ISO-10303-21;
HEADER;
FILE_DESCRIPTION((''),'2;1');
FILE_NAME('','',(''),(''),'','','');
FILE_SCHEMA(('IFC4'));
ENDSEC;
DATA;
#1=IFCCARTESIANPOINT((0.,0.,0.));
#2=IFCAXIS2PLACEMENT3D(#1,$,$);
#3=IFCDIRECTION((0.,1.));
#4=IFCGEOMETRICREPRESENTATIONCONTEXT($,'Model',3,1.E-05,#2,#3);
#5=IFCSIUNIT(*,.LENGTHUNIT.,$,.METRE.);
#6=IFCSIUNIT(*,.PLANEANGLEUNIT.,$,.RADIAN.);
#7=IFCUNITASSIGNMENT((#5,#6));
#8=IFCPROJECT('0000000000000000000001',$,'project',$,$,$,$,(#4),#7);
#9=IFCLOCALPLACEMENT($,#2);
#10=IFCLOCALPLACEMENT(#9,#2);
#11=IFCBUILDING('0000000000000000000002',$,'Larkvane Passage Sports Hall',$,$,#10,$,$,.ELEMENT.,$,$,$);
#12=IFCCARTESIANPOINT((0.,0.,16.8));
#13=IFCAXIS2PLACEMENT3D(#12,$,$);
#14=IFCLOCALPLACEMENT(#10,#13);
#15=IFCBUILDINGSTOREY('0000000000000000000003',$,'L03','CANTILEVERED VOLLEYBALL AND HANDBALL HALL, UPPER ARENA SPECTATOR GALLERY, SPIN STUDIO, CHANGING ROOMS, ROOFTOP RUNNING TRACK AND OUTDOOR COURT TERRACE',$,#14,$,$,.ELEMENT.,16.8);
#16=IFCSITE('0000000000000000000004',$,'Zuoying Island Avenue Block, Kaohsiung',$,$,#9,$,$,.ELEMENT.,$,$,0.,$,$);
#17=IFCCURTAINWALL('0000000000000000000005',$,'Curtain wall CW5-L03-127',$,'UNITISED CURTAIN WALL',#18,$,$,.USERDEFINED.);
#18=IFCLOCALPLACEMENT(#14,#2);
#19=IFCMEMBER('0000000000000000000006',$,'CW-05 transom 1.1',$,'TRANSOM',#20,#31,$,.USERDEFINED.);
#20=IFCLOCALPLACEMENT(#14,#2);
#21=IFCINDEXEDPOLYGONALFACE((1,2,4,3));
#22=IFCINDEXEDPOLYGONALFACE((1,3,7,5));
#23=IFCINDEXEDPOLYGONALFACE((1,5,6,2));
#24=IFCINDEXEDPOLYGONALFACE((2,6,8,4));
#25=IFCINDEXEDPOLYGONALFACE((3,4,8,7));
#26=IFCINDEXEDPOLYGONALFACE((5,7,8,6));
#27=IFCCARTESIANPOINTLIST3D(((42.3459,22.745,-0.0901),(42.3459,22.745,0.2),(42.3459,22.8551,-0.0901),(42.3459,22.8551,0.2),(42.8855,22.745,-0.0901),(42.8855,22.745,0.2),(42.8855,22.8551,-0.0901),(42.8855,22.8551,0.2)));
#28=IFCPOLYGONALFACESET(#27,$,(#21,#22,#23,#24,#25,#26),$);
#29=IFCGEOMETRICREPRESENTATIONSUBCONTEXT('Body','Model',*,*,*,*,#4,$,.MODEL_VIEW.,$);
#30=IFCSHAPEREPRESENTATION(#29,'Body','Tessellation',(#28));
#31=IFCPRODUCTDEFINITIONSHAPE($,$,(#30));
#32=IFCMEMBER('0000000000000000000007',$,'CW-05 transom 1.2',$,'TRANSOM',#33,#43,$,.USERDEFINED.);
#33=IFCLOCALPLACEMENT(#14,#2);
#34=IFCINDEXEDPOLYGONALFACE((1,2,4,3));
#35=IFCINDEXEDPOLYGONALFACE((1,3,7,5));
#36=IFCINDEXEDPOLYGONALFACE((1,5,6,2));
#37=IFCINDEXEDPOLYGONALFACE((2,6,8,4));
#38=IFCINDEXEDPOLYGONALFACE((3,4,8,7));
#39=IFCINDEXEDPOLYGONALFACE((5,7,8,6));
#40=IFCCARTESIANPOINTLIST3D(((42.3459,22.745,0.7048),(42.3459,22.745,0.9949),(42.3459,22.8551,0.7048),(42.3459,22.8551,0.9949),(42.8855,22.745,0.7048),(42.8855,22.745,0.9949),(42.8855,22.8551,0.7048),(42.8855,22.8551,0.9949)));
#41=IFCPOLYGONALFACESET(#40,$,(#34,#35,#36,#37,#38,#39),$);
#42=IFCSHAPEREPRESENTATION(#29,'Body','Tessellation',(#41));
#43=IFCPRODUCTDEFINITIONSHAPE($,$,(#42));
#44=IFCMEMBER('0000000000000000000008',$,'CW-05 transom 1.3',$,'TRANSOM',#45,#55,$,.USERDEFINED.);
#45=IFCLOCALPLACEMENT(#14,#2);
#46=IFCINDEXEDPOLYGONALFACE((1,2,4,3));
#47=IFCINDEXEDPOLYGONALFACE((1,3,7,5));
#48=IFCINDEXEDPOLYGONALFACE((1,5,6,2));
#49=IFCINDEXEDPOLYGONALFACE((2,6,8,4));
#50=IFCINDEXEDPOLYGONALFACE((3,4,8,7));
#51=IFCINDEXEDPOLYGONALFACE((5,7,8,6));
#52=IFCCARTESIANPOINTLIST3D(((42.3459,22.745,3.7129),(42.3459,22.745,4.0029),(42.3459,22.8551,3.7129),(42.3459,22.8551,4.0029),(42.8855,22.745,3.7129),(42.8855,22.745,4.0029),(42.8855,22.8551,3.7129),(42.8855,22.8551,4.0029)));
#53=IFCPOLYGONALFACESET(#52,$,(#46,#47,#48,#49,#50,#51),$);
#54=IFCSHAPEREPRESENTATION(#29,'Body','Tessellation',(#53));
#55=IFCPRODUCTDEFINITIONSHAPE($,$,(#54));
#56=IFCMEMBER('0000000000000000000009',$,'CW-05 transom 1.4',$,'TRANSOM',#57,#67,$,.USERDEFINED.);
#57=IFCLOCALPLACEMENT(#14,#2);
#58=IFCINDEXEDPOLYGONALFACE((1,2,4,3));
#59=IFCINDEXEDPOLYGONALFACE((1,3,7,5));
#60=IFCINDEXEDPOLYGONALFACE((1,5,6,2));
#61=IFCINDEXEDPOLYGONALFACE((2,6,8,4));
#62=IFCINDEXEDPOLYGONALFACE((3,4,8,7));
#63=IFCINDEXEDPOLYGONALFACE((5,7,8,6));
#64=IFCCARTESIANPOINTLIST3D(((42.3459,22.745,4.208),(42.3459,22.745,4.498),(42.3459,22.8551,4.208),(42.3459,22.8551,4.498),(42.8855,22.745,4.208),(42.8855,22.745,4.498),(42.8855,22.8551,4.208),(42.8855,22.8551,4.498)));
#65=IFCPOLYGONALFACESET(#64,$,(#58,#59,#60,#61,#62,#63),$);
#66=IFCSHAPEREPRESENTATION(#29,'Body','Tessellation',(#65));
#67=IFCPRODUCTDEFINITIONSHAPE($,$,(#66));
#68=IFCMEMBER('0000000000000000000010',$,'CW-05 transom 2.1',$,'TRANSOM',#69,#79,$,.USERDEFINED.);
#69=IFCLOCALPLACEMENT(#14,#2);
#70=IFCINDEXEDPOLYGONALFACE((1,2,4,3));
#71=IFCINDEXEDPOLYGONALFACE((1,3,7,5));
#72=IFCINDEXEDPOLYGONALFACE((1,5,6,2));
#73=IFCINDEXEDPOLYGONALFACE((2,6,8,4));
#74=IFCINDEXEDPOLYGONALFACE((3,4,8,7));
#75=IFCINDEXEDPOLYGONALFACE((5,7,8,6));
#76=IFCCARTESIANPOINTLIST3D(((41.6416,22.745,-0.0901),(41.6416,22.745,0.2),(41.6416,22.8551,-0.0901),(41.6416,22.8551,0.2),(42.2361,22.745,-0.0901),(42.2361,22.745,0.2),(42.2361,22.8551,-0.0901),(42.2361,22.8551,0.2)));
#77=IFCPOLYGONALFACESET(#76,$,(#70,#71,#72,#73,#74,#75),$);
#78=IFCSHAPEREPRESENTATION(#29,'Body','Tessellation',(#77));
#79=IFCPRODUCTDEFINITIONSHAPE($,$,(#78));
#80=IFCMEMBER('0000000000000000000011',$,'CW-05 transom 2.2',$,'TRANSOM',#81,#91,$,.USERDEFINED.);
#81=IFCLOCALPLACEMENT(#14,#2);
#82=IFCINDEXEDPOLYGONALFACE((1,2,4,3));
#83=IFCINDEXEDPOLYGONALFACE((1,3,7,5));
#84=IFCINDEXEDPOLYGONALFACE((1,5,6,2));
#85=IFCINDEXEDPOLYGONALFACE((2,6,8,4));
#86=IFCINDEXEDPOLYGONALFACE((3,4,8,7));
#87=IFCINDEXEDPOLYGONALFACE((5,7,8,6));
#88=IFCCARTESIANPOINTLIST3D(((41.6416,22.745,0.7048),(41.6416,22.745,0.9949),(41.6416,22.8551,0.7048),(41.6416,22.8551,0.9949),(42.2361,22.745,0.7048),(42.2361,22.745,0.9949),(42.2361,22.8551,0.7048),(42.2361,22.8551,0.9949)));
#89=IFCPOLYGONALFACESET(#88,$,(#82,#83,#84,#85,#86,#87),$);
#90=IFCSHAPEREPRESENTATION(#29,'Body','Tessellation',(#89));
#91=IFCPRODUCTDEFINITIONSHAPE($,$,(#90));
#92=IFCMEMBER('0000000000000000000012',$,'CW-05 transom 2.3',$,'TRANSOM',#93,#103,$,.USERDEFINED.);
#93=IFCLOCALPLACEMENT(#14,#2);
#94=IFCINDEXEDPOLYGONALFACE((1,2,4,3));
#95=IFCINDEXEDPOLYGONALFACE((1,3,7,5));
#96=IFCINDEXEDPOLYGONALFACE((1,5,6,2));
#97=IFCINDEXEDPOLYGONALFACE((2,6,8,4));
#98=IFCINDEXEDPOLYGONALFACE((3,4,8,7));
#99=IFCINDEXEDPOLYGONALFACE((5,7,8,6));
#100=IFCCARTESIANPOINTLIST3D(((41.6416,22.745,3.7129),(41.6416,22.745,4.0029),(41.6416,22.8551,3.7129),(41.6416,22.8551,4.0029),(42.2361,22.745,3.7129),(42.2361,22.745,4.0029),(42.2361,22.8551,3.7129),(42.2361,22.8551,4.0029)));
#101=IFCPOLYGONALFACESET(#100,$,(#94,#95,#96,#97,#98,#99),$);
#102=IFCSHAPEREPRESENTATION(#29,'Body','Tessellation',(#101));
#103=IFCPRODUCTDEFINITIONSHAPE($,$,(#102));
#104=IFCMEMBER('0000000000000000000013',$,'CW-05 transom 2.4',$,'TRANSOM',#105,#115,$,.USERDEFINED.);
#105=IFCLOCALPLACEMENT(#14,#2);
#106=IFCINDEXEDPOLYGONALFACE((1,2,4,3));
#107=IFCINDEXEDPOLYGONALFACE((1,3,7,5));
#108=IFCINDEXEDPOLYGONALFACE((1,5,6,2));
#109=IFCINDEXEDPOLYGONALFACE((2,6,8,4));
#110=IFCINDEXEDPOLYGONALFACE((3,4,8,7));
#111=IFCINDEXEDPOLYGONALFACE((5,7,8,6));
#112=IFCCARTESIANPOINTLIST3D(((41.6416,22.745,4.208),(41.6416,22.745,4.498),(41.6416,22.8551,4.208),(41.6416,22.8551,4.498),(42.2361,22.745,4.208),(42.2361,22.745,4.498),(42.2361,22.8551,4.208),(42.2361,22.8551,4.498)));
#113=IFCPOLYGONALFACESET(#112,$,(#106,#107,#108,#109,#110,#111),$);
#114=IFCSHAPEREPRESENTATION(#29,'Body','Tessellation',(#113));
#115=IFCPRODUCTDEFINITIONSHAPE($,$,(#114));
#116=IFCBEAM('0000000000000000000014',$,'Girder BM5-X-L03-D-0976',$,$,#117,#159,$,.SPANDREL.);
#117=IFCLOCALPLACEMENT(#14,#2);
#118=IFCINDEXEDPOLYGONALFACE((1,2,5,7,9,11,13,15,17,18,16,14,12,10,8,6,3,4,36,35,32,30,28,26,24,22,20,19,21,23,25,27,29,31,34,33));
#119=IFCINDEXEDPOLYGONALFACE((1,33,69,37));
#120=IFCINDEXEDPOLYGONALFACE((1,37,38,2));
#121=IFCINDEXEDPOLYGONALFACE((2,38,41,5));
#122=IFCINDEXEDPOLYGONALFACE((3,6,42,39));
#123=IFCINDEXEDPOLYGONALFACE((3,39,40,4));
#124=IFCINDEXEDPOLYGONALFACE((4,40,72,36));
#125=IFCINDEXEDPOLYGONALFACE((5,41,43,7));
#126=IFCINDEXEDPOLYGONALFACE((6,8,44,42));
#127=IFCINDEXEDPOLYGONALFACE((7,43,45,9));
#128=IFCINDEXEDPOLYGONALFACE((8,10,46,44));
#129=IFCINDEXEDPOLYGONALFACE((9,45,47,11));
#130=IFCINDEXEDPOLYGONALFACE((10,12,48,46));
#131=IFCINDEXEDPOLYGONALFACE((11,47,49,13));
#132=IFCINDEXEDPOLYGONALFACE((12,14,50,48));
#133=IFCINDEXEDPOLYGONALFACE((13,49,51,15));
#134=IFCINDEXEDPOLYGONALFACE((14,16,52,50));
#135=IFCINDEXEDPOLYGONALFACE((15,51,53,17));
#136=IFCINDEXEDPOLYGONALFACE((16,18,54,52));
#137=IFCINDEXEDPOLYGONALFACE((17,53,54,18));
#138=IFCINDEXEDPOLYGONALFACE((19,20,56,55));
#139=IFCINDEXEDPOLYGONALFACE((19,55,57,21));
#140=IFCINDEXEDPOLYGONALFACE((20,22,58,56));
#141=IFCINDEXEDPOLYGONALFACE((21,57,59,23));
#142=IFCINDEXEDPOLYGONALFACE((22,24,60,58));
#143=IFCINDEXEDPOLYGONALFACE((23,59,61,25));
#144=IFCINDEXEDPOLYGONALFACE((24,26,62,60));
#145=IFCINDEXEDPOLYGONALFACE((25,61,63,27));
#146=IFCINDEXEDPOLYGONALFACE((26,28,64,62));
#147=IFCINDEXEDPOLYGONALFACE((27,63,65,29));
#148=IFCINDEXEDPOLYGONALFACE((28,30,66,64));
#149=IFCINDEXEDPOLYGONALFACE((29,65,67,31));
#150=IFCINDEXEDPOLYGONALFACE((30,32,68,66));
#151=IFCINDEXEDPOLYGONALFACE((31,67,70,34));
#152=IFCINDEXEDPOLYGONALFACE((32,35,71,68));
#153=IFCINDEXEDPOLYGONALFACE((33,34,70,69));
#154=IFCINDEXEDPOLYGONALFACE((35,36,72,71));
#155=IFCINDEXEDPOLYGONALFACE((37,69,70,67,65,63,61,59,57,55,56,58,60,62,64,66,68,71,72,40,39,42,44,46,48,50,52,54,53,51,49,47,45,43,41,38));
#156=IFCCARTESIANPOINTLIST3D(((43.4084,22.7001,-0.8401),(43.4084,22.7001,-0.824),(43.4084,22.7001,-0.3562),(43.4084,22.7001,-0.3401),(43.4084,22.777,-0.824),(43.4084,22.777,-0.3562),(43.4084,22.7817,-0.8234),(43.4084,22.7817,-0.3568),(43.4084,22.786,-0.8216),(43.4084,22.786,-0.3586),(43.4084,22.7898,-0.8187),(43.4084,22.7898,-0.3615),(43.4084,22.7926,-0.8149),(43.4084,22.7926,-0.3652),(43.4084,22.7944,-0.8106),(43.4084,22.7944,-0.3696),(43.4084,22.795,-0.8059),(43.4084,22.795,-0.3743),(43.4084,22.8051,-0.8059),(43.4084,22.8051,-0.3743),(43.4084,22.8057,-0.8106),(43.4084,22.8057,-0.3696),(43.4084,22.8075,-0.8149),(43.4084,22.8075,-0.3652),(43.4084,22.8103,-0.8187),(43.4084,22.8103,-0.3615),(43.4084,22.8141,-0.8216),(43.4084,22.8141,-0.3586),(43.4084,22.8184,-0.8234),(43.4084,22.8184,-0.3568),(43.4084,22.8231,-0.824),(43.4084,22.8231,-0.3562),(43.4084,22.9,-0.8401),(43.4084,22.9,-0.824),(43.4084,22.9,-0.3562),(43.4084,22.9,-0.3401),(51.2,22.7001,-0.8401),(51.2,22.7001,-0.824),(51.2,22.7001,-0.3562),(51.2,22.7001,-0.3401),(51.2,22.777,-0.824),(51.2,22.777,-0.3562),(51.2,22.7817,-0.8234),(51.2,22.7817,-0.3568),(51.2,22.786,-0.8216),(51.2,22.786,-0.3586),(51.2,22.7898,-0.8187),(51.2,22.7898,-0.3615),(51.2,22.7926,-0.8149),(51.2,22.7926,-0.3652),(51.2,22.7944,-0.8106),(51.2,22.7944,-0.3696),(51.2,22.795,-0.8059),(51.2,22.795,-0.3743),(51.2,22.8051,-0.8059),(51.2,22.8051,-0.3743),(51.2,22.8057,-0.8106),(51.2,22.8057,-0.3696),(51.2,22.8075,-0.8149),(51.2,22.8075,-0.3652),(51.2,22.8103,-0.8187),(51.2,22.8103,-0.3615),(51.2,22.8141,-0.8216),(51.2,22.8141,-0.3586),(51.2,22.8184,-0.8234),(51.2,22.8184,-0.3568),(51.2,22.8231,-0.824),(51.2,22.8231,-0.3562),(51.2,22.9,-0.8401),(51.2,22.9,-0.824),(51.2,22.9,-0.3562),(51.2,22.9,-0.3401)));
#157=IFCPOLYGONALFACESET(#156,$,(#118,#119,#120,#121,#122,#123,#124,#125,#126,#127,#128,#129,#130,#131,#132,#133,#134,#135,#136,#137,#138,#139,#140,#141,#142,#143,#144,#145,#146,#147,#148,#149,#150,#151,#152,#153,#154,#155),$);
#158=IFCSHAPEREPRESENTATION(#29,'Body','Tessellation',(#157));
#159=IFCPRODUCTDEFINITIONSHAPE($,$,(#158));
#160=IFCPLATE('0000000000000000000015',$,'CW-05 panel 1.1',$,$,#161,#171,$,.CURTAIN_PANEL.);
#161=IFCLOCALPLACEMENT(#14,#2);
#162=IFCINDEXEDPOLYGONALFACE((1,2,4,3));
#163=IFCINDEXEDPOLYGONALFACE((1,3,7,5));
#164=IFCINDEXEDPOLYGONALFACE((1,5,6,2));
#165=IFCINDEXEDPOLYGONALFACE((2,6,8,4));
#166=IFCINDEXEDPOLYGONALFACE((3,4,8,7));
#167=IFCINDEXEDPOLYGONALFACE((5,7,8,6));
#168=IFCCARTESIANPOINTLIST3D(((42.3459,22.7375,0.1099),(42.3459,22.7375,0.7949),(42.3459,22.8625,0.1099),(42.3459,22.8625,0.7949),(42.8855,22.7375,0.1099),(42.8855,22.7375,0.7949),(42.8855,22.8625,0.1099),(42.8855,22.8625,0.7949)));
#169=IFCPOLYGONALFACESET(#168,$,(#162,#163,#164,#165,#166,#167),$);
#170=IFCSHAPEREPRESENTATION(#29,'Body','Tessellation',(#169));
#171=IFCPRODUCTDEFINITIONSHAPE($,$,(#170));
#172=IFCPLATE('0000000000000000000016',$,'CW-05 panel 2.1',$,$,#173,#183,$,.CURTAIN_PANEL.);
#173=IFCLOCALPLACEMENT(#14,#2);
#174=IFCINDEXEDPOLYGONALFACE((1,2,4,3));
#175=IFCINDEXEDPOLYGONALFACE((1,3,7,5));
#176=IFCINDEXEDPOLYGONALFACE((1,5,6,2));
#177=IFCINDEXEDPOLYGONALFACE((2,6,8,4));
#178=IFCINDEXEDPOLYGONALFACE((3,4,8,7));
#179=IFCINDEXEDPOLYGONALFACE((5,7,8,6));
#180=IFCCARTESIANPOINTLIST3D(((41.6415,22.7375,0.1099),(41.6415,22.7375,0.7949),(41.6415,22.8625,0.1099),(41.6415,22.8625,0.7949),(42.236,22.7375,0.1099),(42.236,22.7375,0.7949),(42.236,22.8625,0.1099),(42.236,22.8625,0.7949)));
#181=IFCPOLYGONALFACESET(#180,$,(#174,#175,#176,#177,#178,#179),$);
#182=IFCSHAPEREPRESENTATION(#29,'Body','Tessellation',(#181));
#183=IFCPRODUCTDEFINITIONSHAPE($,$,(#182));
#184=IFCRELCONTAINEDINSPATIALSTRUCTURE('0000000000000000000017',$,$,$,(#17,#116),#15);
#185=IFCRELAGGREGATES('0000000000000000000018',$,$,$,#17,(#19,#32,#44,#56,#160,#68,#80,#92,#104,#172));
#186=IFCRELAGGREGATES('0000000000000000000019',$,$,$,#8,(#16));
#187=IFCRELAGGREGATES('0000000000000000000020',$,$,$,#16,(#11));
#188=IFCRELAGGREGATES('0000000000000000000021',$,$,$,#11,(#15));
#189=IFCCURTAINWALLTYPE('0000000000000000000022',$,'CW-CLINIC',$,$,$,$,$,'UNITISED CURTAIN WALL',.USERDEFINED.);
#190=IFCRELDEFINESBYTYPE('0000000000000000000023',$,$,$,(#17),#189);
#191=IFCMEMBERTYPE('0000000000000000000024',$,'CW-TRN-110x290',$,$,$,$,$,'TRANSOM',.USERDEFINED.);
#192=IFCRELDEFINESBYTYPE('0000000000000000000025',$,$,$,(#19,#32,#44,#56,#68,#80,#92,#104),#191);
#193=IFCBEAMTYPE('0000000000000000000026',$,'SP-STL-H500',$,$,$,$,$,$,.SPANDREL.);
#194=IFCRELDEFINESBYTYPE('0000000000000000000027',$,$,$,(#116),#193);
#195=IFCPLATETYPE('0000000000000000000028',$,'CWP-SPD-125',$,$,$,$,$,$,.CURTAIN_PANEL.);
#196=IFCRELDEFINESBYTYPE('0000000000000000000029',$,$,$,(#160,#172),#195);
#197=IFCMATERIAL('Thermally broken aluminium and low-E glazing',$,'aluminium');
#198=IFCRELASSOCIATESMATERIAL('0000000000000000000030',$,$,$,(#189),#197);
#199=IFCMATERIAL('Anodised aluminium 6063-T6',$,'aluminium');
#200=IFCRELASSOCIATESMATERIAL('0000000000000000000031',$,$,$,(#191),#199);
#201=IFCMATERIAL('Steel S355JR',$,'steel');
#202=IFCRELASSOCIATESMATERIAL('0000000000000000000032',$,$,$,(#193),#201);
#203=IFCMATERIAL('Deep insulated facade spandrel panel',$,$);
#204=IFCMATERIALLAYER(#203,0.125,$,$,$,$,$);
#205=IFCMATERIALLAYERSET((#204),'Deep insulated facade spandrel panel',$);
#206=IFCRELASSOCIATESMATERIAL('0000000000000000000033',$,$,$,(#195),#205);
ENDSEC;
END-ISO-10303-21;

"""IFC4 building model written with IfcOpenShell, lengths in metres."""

from ifc_helpers import new_model, si_unit, direction, frame, origin, origin_2d, place, context, subcontext, project, spatial, rectangle, i_section, extrude, material, layer, layer_set, material_profile, profile_set, type_object, element, aggregate, save


model = new_model("IFC4")

# Units and contexts
model_context = context("Model", 3, precision=1e-05, world=origin(), true_north=direction((0.0, 1.0)))
body_context = subcontext(model_context, "Body", "Model", "MODEL_VIEW")
ifc_project = project(units=[si_unit("LENGTHUNIT", "METRE"), si_unit("PLANEANGLEUNIT", "RADIAN")], contexts=[model_context])

# Site, building, storey
site_placement = place(None, origin())
site = spatial("IfcSite", under=ifc_project, at=site_placement, Name="Zuoying Island Avenue Block, Kaohsiung", CompositionType="ELEMENT", RefElevation=0.0)
building_placement = place(site_placement, origin())
building = spatial("IfcBuilding", under=site, at=building_placement, Name="Larkvane Passage Sports Hall", CompositionType="ELEMENT")
storey_placement = place(building_placement, frame((0.0, 0.0, 16.8)))
storey = spatial("IfcBuildingStorey", under=building, at=storey_placement, Name="L03", Description="CANTILEVERED VOLLEYBALL AND HANDBALL HALL, UPPER ARENA SPECTATOR GALLERY, SPIN STUDIO, CHANGING ROOMS, ROOFTOP RUNNING TRACK AND OUTDOOR COURT TERRACE", CompositionType="ELEMENT", Elevation=16.8)

# Shared definitions
ifc_material_1 = material(Name="Steel S355JR", Category="steel")

# Curtain wall, members
ifc_material_2 = material(Name="Thermally broken aluminium and low-E glazing", Category="aluminium")
curtain_wall_type = type_object("IfcCurtainWallType", Name="CW-CLINIC", ElementType="UNITISED CURTAIN WALL", PredefinedType="USERDEFINED", material=ifc_material_2)
curtain_wall_placement = place(storey_placement, origin())
curtain_wall = element("IfcCurtainWall", 1, at=curtain_wall_placement, inside=storey, type_object=curtain_wall_type, Name="Curtain wall CW5-L03-127", ObjectType="UNITISED CURTAIN WALL", PredefinedType="USERDEFINED")
ifc_material_3 = material(Name="Anodised aluminium 6063-T6", Category="aluminium")
ifc_material_profile_1 = material_profile(ifc_material_3, rectangle(XDim=0.1101, YDim=0.29, at=origin_2d()), Name="ALU-TRN-110x290")
ifc_profile_set_1 = profile_set([ifc_material_profile_1], Name="Anodised aluminium 6063-T6")
member_type_1 = type_object("IfcMemberType", Name="CW-TRN-110x290", ElementType="TRANSOM", PredefinedType="USERDEFINED", material=ifc_profile_set_1)
member_1_placement = place(storey_placement, frame((42.8855, 22.8, 0.0549), z_axis=(-1.0, 0.0, 0.0), x_axis=(0.0, -1.0, 0.0)))
member_1 = element("IfcMember", 2, at=member_1_placement, type_object=member_type_1, Name="CW-05 transom 1.1", ObjectType="TRANSOM", PredefinedType="USERDEFINED", context=body_context, shape_type="SweptSolid", body=[
    extrude(rectangle(XDim=0.1101, YDim=0.29, at=origin_2d()), origin(), (0.0, 0.0, 1.0), 0.5396),
])
member_2_placement = place(storey_placement, frame((42.8855, 22.8, 0.8499), z_axis=(-1.0, 0.0, 0.0), x_axis=(0.0, -1.0, 0.0)))
member_2 = element("IfcMember", 3, at=member_2_placement, type_object=member_type_1, Name="CW-05 transom 1.2", ObjectType="TRANSOM", PredefinedType="USERDEFINED", context=body_context, shape_type="SweptSolid", body=[
    extrude(rectangle(XDim=0.1101, YDim=0.29, at=origin_2d()), origin(), (0.0, 0.0, 1.0), 0.5396),
])
member_3_placement = place(storey_placement, frame((42.8855, 22.8, 3.8579), z_axis=(-1.0, 0.0, 0.0), x_axis=(0.0, -1.0, 0.0)))
member_3 = element("IfcMember", 4, at=member_3_placement, type_object=member_type_1, Name="CW-05 transom 1.3", ObjectType="TRANSOM", PredefinedType="USERDEFINED", context=body_context, shape_type="SweptSolid", body=[
    extrude(rectangle(XDim=0.1101, YDim=0.29, at=origin_2d()), origin(), (0.0, 0.0, 1.0), 0.5396),
])
member_4_placement = place(storey_placement, frame((42.8855, 22.8, 4.353), z_axis=(-1.0, 0.0, 0.0), x_axis=(0.0, -1.0, 0.0)))
member_4 = element("IfcMember", 5, at=member_4_placement, type_object=member_type_1, Name="CW-05 transom 1.4", ObjectType="TRANSOM", PredefinedType="USERDEFINED", context=body_context, shape_type="SweptSolid", body=[
    extrude(rectangle(XDim=0.1101, YDim=0.29, at=origin_2d()), origin(), (0.0, 0.0, 1.0), 0.5396),
])
member_5_placement = place(storey_placement, frame((42.2361, 22.8, 0.0549), z_axis=(-1.0, 0.0, 0.0), x_axis=(0.0, -1.0, 0.0)))
member_5 = element("IfcMember", 6, at=member_5_placement, type_object=member_type_1, Name="CW-05 transom 2.1", ObjectType="TRANSOM", PredefinedType="USERDEFINED", context=body_context, shape_type="SweptSolid", body=[
    extrude(rectangle(XDim=0.1101, YDim=0.29, at=origin_2d()), origin(), (0.0, 0.0, 1.0), 0.5945),
])
member_6_placement = place(storey_placement, frame((42.2361, 22.8, 0.8499), z_axis=(-1.0, 0.0, 0.0), x_axis=(0.0, -1.0, 0.0)))
member_6 = element("IfcMember", 7, at=member_6_placement, type_object=member_type_1, Name="CW-05 transom 2.2", ObjectType="TRANSOM", PredefinedType="USERDEFINED", context=body_context, shape_type="SweptSolid", body=[
    extrude(rectangle(XDim=0.1101, YDim=0.29, at=origin_2d()), origin(), (0.0, 0.0, 1.0), 0.5945),
])
member_7_placement = place(storey_placement, frame((42.2361, 22.8, 3.8579), z_axis=(-1.0, 0.0, 0.0), x_axis=(0.0, -1.0, 0.0)))
member_7 = element("IfcMember", 8, at=member_7_placement, type_object=member_type_1, Name="CW-05 transom 2.3", ObjectType="TRANSOM", PredefinedType="USERDEFINED", context=body_context, shape_type="SweptSolid", body=[
    extrude(rectangle(XDim=0.1101, YDim=0.29, at=origin_2d()), origin(), (0.0, 0.0, 1.0), 0.5945),
])
member_8_placement = place(storey_placement, frame((42.2361, 22.8, 4.353), z_axis=(-1.0, 0.0, 0.0), x_axis=(0.0, -1.0, 0.0)))
member_8 = element("IfcMember", 9, at=member_8_placement, type_object=member_type_1, Name="CW-05 transom 2.4", ObjectType="TRANSOM", PredefinedType="USERDEFINED", context=body_context, shape_type="SweptSolid", body=[
    extrude(rectangle(XDim=0.1101, YDim=0.29, at=origin_2d()), origin(), (0.0, 0.0, 1.0), 0.5945),
])

# Beam
ifc_material_profile_2 = material_profile(ifc_material_1, i_section(OverallWidth=0.2, OverallDepth=0.5, WebThickness=0.01, FlangeThickness=0.0161, FilletRadius=0.0181, at=origin_2d()), Name="H-500x200x10x16")
ifc_profile_set_2 = profile_set([ifc_material_profile_2], Name="Steel S355JR")
beam_type_1 = type_object("IfcBeamType", Name="SP-STL-H500", PredefinedType="SPANDREL", material=ifc_profile_set_2)
beam_1_placement = place(storey_placement, frame((43.4084, 22.8, -0.5901), z_axis=(1.0, 0.0, 0.0), x_axis=(0.0, 1.0, 0.0)))
element("IfcBeam", 10, at=beam_1_placement, inside=storey, type_object=beam_type_1, Name="Girder BM5-X-L03-D-0976", PredefinedType="SPANDREL", context=body_context, shape_type="SweptSolid", body=[
    extrude(i_section(OverallWidth=0.2, OverallDepth=0.5, WebThickness=0.01, FlangeThickness=0.0161, FilletRadius=0.0181, at=origin_2d()), origin(), (0.0, 0.0, 1.0), 7.7915),
])

# Plates
ifc_material_4 = material(Name="Deep insulated facade spandrel panel")
ifc_layer_1 = layer(ifc_material_4, 0.125)
ifc_layer_set_1 = layer_set([ifc_layer_1], Name="Deep insulated facade spandrel panel")
plate_type_1 = type_object("IfcPlateType", Name="CWP-SPD-125", PredefinedType="CURTAIN_PANEL", material=ifc_layer_set_1)
plate_1_placement = place(storey_placement, frame((42.6157, 22.8, 0.1099), z_axis=(0.0, 0.0, 1.0), x_axis=(-1.0, 0.0, 0.0)))
plate_1 = element("IfcPlate", 11, at=plate_1_placement, type_object=plate_type_1, Name="CW-05 panel 1.1", PredefinedType="CURTAIN_PANEL", context=body_context, shape_type="SweptSolid", body=[
    extrude(rectangle(XDim=0.5396, YDim=0.125, at=origin_2d()), origin(), (0.0, 0.0, 1.0), 0.6851),
])
plate_2_placement = place(storey_placement, frame((41.9387, 22.8, 0.1099), z_axis=(0.0, 0.0, 1.0), x_axis=(-1.0, 0.0, 0.0)))
plate_2 = element("IfcPlate", 12, at=plate_2_placement, type_object=plate_type_1, Name="CW-05 panel 2.1", PredefinedType="CURTAIN_PANEL", context=body_context, shape_type="SweptSolid", body=[
    extrude(rectangle(XDim=0.5945, YDim=0.125, at=origin_2d()), origin(), (0.0, 0.0, 1.0), 0.6851),
])
aggregate(curtain_wall, [member_1, member_2, member_3, member_4, plate_1, member_5, member_6, member_7, member_8, plate_2])

save(model, "model.ifc")
